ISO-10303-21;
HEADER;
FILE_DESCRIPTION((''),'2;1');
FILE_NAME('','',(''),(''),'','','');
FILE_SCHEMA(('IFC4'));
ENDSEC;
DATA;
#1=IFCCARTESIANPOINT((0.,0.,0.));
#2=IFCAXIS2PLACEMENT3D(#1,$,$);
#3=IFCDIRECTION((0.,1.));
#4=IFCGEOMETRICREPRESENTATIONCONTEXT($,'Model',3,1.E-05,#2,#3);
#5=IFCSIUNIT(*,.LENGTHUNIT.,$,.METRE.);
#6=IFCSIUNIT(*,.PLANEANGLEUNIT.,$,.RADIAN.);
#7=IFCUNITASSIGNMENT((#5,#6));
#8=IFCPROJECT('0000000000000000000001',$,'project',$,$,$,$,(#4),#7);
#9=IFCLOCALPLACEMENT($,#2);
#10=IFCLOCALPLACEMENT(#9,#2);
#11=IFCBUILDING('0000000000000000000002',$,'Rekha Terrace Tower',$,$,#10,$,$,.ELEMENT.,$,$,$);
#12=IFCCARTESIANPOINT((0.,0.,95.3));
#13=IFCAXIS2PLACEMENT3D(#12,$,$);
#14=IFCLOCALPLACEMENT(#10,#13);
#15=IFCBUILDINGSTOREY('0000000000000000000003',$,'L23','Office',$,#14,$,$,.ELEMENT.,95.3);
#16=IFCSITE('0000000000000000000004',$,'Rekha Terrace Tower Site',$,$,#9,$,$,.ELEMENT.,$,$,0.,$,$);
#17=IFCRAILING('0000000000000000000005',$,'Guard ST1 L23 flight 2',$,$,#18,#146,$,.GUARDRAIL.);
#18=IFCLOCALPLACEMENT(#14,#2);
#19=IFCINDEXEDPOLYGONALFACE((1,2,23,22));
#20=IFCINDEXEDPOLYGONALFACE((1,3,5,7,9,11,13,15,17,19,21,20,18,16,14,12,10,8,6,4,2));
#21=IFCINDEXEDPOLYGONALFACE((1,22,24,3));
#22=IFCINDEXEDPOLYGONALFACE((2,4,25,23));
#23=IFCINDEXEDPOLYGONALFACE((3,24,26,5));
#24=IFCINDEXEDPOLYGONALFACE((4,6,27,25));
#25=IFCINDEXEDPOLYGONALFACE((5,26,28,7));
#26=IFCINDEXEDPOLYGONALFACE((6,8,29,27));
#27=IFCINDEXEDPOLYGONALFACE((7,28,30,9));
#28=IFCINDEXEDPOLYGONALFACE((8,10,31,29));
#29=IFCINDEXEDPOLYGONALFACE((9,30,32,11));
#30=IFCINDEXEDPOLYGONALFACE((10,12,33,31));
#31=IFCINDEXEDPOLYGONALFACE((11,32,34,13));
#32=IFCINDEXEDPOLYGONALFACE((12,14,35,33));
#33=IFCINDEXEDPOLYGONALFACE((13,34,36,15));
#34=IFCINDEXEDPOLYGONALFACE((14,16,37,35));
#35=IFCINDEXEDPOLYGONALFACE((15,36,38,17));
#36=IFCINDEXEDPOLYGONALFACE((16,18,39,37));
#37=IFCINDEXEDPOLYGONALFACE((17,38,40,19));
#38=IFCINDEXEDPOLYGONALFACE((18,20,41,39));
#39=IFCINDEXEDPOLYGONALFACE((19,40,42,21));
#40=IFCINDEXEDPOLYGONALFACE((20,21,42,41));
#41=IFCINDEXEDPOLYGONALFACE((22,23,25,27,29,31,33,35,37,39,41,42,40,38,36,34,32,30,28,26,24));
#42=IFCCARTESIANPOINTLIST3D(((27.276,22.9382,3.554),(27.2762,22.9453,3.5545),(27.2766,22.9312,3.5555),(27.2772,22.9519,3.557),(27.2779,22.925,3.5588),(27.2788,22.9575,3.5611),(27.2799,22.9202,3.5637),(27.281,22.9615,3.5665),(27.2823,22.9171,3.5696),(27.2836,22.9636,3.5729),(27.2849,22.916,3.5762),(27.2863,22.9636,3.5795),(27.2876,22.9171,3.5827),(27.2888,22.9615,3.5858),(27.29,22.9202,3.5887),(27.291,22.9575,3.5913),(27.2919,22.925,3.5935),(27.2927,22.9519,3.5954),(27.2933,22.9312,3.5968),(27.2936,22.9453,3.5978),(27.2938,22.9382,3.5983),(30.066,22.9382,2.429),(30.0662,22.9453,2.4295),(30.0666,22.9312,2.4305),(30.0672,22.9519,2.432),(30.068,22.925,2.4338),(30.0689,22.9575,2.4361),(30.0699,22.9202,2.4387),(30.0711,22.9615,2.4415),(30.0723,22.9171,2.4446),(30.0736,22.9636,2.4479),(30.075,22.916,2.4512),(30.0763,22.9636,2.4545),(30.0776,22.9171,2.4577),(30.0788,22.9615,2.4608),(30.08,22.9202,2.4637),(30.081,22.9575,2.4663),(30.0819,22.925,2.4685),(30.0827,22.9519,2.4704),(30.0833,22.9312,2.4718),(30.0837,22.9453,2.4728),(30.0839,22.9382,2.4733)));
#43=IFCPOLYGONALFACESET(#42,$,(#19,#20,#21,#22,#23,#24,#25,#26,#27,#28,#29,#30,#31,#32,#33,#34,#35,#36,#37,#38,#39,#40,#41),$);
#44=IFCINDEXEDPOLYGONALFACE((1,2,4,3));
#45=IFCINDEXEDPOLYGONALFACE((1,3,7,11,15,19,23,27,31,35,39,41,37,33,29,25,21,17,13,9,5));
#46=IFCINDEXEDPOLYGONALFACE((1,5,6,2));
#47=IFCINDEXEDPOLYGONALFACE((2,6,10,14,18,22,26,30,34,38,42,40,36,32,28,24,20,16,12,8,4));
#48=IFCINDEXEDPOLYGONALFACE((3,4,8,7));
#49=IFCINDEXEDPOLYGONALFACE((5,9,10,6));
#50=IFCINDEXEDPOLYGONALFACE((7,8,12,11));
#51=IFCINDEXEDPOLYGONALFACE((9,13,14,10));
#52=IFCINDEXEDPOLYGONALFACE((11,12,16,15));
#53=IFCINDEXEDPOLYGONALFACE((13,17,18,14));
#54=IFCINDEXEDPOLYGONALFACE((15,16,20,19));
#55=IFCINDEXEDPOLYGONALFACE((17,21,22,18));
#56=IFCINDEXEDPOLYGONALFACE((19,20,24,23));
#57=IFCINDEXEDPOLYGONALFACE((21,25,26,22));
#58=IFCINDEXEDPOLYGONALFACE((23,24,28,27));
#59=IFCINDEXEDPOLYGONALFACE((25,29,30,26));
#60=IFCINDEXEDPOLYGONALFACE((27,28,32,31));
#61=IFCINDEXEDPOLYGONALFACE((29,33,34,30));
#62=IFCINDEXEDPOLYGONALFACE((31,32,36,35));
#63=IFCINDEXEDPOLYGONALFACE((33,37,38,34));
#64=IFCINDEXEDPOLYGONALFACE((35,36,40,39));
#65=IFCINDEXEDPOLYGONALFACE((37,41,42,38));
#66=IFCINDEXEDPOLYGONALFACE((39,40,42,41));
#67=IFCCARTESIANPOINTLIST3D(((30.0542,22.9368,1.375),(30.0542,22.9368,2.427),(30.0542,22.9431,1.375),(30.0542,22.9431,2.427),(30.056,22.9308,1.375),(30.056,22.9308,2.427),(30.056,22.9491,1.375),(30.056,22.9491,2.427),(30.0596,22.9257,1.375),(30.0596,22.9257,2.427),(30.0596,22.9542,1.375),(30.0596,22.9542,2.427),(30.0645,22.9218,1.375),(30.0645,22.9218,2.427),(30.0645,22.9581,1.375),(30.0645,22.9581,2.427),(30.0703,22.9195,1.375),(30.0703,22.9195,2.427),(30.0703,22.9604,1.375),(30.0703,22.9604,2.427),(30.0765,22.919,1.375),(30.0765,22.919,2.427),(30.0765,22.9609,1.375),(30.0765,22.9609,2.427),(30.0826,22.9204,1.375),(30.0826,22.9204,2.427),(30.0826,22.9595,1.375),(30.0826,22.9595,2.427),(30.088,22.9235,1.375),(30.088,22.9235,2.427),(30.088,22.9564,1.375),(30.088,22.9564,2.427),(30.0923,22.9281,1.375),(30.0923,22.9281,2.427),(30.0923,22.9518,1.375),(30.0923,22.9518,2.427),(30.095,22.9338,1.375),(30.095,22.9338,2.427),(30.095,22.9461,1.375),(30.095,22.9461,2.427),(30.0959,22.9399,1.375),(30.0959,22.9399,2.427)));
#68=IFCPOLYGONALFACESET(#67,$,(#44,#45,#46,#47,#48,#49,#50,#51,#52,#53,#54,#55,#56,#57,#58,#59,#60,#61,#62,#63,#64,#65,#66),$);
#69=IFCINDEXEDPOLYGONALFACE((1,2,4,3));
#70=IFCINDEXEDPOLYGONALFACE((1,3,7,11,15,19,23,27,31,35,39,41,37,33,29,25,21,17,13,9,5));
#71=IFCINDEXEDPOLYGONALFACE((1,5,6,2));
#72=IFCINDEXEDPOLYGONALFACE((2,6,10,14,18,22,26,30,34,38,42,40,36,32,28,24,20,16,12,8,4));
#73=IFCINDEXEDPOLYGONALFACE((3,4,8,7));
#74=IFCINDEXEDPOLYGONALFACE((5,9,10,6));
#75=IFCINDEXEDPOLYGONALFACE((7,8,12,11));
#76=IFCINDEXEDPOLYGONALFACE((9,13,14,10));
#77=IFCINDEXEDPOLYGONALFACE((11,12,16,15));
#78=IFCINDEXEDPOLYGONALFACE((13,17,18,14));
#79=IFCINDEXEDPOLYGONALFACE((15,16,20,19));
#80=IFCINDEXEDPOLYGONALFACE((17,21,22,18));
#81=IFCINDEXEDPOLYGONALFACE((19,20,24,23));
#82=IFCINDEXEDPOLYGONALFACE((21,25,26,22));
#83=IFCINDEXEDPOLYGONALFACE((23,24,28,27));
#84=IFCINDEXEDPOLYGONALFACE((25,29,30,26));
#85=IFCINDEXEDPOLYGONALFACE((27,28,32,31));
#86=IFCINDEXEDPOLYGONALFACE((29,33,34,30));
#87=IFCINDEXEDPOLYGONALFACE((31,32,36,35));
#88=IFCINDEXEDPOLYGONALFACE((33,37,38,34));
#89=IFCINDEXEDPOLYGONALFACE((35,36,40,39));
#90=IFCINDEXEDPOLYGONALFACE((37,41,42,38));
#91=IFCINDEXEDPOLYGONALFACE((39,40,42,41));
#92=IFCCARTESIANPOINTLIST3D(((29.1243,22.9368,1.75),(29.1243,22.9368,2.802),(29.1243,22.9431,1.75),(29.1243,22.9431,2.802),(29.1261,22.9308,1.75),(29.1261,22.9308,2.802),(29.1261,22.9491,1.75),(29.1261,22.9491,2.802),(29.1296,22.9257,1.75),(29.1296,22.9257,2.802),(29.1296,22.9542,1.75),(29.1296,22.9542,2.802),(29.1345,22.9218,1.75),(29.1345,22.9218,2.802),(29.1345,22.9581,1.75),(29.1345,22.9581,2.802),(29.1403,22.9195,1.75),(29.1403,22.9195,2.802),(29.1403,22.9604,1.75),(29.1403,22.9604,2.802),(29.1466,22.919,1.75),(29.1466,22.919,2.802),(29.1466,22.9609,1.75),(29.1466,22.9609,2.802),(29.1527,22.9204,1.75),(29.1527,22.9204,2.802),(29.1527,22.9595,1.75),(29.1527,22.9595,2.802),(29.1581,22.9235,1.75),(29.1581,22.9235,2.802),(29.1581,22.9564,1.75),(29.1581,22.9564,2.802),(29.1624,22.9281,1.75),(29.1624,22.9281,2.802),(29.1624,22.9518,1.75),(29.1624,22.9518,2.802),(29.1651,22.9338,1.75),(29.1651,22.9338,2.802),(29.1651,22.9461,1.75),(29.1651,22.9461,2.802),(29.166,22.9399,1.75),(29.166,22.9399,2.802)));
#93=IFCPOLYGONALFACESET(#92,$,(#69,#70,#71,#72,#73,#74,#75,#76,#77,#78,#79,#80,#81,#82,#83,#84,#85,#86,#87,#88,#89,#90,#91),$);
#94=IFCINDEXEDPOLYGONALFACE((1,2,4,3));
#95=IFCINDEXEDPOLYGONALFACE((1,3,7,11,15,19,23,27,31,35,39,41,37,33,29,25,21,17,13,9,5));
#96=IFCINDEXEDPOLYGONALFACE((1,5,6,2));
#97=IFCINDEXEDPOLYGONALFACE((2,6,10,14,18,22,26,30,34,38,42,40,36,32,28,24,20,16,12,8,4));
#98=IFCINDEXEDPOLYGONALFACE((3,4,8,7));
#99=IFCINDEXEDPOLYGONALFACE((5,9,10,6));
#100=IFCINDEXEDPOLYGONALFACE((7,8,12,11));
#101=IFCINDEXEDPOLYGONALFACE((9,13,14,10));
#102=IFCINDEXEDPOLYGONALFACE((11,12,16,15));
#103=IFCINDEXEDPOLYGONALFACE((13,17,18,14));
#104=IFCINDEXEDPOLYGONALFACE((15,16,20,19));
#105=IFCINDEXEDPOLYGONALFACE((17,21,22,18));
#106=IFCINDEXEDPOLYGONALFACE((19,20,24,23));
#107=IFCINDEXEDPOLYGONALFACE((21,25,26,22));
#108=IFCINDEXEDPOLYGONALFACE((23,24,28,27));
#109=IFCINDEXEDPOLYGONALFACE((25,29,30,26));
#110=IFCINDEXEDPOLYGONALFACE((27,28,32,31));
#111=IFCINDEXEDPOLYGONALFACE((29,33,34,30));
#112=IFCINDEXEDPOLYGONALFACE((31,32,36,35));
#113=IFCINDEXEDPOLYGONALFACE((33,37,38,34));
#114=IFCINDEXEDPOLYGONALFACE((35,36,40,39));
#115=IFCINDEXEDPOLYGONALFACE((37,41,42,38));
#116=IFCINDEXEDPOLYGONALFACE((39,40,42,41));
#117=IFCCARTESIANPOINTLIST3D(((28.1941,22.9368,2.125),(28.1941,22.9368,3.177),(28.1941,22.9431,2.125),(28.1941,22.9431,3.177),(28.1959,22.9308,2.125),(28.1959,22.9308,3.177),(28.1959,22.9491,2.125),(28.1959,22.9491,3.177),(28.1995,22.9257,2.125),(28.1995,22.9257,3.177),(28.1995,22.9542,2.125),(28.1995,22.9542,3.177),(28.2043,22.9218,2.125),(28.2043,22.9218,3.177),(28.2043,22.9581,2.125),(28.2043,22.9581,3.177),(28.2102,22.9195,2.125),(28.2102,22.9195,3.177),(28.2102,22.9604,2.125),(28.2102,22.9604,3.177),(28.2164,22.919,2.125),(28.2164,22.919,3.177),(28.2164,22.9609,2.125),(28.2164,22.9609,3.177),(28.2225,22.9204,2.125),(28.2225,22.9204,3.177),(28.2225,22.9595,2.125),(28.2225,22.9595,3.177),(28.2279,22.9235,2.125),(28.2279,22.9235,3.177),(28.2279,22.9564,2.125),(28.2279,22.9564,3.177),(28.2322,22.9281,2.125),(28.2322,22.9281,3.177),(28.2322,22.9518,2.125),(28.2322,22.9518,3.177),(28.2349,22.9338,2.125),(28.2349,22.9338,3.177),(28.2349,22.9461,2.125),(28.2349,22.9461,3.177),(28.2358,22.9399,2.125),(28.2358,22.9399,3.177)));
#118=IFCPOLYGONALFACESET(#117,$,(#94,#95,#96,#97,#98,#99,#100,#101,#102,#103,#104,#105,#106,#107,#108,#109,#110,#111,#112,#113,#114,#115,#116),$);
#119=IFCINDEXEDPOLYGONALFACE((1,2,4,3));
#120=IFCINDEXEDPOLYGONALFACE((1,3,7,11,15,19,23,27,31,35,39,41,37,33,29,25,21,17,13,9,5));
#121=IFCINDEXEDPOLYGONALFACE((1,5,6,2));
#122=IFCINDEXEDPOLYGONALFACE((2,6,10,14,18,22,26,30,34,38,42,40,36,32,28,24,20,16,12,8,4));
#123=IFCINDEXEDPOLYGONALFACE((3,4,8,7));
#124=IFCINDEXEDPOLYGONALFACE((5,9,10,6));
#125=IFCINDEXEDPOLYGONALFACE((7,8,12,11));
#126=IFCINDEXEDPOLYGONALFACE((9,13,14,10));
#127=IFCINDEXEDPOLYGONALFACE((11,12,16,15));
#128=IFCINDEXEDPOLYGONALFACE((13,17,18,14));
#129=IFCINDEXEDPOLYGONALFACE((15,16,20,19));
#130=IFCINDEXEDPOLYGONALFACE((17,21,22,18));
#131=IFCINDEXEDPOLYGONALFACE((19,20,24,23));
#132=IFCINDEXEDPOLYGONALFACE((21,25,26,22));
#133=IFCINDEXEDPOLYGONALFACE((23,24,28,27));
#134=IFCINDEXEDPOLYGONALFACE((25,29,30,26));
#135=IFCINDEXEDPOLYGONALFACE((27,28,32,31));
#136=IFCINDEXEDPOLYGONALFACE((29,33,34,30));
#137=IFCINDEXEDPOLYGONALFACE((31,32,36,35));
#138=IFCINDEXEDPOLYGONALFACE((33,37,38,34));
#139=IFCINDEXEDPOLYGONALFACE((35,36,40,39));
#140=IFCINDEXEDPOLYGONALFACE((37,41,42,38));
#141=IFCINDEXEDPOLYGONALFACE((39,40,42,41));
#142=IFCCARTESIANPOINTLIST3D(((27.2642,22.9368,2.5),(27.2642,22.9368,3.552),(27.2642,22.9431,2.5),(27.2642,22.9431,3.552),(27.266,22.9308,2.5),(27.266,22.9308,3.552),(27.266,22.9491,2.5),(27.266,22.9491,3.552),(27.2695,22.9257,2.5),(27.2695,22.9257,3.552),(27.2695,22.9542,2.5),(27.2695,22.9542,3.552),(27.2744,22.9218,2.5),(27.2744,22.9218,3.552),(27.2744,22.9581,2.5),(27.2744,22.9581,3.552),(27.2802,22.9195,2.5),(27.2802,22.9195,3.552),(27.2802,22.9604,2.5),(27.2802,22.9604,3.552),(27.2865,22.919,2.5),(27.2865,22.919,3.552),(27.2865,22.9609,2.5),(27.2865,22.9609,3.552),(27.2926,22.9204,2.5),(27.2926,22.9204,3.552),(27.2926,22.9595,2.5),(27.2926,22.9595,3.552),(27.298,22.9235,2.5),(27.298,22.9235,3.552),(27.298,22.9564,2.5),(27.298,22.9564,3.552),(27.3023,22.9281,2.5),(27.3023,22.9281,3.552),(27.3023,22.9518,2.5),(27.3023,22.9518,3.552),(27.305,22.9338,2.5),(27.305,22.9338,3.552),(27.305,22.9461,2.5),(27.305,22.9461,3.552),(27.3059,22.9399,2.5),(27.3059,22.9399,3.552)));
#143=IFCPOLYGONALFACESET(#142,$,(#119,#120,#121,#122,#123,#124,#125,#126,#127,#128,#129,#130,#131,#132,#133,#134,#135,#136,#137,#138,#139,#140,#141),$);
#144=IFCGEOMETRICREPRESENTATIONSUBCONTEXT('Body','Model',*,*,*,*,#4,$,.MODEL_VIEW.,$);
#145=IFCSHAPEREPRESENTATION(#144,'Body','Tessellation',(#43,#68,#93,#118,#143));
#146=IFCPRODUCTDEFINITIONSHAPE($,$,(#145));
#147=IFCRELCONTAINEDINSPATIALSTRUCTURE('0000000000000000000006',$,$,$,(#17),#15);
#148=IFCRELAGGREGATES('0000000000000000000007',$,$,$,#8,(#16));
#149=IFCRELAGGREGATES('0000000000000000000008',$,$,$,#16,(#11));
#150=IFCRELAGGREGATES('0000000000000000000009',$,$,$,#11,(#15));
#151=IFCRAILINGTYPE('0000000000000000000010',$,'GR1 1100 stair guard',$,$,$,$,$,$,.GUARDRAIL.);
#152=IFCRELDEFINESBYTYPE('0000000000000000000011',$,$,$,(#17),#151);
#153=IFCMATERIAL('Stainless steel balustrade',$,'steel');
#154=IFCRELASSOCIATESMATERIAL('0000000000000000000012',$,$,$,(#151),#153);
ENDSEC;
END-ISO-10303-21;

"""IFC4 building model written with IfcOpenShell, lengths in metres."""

from ifc_helpers import new_model, si_unit, direction, frame, origin, origin_2d, place, context, subcontext, project, spatial, circle, extrude, material, type_object, element, save


model = new_model("IFC4")

# Units and contexts
model_context = context("Model", 3, precision=1e-05, world=origin(), true_north=direction((0.0, 1.0)))
body_context = subcontext(model_context, "Body", "Model", "MODEL_VIEW")
ifc_project = project(units=[si_unit("LENGTHUNIT", "METRE"), si_unit("PLANEANGLEUNIT", "RADIAN")], contexts=[model_context])

# Site, building, storey
site_placement = place(None, origin())
site = spatial("IfcSite", under=ifc_project, at=site_placement, Name="Rekha Terrace Tower Site", CompositionType="ELEMENT", RefElevation=0.0)
building_placement = place(site_placement, origin())
building = spatial("IfcBuilding", under=site, at=building_placement, Name="Rekha Terrace Tower", CompositionType="ELEMENT")
storey_placement = place(building_placement, frame((0.0, 0.0, 95.3)))
storey = spatial("IfcBuildingStorey", under=building, at=storey_placement, Name="L23", Description="Office", CompositionType="ELEMENT", Elevation=95.3)

# Railing
ifc_material_1 = material(Name="Stainless steel balustrade", Category="steel")
railing_type_1 = type_object("IfcRailingType", Name="GR1 1100 stair guard", PredefinedType="GUARDRAIL", material=ifc_material_1)
railing_1_placement = place(storey_placement, frame((30.075, 22.9399, 1.375)))
element("IfcRailing", 1, at=railing_1_placement, inside=storey, type_object=railing_type_1, Name="Guard ST1 L23 flight 2", PredefinedType="GUARDRAIL", context=body_context, shape_type="SweptSolid", body=[
    extrude(circle(Radius=0.0239, at=origin_2d()), frame((0.0, 0.0, 1.0762), z_axis=(-0.927443, 0.0, 0.373964), x_axis=(0.0, -1.0, 0.0)), (0.0, 0.0, 1.0), 3.0083),
    extrude(circle(Radius=0.021, at=origin_2d()), origin(), (0.0, 0.0, 1.0), 1.052),
    extrude(circle(Radius=0.021, at=origin_2d()), frame((-0.9299, 0.0, 0.375)), (0.0, 0.0, 1.0), 1.052),
    extrude(circle(Radius=0.021, at=origin_2d()), frame((-1.8601, 0.0, 0.75)), (0.0, 0.0, 1.0), 1.052),
    extrude(circle(Radius=0.021, at=origin_2d()), frame((-2.79, 0.0, 1.125)), (0.0, 0.0, 1.0), 1.052),
])

save(model, "model.ifc")
